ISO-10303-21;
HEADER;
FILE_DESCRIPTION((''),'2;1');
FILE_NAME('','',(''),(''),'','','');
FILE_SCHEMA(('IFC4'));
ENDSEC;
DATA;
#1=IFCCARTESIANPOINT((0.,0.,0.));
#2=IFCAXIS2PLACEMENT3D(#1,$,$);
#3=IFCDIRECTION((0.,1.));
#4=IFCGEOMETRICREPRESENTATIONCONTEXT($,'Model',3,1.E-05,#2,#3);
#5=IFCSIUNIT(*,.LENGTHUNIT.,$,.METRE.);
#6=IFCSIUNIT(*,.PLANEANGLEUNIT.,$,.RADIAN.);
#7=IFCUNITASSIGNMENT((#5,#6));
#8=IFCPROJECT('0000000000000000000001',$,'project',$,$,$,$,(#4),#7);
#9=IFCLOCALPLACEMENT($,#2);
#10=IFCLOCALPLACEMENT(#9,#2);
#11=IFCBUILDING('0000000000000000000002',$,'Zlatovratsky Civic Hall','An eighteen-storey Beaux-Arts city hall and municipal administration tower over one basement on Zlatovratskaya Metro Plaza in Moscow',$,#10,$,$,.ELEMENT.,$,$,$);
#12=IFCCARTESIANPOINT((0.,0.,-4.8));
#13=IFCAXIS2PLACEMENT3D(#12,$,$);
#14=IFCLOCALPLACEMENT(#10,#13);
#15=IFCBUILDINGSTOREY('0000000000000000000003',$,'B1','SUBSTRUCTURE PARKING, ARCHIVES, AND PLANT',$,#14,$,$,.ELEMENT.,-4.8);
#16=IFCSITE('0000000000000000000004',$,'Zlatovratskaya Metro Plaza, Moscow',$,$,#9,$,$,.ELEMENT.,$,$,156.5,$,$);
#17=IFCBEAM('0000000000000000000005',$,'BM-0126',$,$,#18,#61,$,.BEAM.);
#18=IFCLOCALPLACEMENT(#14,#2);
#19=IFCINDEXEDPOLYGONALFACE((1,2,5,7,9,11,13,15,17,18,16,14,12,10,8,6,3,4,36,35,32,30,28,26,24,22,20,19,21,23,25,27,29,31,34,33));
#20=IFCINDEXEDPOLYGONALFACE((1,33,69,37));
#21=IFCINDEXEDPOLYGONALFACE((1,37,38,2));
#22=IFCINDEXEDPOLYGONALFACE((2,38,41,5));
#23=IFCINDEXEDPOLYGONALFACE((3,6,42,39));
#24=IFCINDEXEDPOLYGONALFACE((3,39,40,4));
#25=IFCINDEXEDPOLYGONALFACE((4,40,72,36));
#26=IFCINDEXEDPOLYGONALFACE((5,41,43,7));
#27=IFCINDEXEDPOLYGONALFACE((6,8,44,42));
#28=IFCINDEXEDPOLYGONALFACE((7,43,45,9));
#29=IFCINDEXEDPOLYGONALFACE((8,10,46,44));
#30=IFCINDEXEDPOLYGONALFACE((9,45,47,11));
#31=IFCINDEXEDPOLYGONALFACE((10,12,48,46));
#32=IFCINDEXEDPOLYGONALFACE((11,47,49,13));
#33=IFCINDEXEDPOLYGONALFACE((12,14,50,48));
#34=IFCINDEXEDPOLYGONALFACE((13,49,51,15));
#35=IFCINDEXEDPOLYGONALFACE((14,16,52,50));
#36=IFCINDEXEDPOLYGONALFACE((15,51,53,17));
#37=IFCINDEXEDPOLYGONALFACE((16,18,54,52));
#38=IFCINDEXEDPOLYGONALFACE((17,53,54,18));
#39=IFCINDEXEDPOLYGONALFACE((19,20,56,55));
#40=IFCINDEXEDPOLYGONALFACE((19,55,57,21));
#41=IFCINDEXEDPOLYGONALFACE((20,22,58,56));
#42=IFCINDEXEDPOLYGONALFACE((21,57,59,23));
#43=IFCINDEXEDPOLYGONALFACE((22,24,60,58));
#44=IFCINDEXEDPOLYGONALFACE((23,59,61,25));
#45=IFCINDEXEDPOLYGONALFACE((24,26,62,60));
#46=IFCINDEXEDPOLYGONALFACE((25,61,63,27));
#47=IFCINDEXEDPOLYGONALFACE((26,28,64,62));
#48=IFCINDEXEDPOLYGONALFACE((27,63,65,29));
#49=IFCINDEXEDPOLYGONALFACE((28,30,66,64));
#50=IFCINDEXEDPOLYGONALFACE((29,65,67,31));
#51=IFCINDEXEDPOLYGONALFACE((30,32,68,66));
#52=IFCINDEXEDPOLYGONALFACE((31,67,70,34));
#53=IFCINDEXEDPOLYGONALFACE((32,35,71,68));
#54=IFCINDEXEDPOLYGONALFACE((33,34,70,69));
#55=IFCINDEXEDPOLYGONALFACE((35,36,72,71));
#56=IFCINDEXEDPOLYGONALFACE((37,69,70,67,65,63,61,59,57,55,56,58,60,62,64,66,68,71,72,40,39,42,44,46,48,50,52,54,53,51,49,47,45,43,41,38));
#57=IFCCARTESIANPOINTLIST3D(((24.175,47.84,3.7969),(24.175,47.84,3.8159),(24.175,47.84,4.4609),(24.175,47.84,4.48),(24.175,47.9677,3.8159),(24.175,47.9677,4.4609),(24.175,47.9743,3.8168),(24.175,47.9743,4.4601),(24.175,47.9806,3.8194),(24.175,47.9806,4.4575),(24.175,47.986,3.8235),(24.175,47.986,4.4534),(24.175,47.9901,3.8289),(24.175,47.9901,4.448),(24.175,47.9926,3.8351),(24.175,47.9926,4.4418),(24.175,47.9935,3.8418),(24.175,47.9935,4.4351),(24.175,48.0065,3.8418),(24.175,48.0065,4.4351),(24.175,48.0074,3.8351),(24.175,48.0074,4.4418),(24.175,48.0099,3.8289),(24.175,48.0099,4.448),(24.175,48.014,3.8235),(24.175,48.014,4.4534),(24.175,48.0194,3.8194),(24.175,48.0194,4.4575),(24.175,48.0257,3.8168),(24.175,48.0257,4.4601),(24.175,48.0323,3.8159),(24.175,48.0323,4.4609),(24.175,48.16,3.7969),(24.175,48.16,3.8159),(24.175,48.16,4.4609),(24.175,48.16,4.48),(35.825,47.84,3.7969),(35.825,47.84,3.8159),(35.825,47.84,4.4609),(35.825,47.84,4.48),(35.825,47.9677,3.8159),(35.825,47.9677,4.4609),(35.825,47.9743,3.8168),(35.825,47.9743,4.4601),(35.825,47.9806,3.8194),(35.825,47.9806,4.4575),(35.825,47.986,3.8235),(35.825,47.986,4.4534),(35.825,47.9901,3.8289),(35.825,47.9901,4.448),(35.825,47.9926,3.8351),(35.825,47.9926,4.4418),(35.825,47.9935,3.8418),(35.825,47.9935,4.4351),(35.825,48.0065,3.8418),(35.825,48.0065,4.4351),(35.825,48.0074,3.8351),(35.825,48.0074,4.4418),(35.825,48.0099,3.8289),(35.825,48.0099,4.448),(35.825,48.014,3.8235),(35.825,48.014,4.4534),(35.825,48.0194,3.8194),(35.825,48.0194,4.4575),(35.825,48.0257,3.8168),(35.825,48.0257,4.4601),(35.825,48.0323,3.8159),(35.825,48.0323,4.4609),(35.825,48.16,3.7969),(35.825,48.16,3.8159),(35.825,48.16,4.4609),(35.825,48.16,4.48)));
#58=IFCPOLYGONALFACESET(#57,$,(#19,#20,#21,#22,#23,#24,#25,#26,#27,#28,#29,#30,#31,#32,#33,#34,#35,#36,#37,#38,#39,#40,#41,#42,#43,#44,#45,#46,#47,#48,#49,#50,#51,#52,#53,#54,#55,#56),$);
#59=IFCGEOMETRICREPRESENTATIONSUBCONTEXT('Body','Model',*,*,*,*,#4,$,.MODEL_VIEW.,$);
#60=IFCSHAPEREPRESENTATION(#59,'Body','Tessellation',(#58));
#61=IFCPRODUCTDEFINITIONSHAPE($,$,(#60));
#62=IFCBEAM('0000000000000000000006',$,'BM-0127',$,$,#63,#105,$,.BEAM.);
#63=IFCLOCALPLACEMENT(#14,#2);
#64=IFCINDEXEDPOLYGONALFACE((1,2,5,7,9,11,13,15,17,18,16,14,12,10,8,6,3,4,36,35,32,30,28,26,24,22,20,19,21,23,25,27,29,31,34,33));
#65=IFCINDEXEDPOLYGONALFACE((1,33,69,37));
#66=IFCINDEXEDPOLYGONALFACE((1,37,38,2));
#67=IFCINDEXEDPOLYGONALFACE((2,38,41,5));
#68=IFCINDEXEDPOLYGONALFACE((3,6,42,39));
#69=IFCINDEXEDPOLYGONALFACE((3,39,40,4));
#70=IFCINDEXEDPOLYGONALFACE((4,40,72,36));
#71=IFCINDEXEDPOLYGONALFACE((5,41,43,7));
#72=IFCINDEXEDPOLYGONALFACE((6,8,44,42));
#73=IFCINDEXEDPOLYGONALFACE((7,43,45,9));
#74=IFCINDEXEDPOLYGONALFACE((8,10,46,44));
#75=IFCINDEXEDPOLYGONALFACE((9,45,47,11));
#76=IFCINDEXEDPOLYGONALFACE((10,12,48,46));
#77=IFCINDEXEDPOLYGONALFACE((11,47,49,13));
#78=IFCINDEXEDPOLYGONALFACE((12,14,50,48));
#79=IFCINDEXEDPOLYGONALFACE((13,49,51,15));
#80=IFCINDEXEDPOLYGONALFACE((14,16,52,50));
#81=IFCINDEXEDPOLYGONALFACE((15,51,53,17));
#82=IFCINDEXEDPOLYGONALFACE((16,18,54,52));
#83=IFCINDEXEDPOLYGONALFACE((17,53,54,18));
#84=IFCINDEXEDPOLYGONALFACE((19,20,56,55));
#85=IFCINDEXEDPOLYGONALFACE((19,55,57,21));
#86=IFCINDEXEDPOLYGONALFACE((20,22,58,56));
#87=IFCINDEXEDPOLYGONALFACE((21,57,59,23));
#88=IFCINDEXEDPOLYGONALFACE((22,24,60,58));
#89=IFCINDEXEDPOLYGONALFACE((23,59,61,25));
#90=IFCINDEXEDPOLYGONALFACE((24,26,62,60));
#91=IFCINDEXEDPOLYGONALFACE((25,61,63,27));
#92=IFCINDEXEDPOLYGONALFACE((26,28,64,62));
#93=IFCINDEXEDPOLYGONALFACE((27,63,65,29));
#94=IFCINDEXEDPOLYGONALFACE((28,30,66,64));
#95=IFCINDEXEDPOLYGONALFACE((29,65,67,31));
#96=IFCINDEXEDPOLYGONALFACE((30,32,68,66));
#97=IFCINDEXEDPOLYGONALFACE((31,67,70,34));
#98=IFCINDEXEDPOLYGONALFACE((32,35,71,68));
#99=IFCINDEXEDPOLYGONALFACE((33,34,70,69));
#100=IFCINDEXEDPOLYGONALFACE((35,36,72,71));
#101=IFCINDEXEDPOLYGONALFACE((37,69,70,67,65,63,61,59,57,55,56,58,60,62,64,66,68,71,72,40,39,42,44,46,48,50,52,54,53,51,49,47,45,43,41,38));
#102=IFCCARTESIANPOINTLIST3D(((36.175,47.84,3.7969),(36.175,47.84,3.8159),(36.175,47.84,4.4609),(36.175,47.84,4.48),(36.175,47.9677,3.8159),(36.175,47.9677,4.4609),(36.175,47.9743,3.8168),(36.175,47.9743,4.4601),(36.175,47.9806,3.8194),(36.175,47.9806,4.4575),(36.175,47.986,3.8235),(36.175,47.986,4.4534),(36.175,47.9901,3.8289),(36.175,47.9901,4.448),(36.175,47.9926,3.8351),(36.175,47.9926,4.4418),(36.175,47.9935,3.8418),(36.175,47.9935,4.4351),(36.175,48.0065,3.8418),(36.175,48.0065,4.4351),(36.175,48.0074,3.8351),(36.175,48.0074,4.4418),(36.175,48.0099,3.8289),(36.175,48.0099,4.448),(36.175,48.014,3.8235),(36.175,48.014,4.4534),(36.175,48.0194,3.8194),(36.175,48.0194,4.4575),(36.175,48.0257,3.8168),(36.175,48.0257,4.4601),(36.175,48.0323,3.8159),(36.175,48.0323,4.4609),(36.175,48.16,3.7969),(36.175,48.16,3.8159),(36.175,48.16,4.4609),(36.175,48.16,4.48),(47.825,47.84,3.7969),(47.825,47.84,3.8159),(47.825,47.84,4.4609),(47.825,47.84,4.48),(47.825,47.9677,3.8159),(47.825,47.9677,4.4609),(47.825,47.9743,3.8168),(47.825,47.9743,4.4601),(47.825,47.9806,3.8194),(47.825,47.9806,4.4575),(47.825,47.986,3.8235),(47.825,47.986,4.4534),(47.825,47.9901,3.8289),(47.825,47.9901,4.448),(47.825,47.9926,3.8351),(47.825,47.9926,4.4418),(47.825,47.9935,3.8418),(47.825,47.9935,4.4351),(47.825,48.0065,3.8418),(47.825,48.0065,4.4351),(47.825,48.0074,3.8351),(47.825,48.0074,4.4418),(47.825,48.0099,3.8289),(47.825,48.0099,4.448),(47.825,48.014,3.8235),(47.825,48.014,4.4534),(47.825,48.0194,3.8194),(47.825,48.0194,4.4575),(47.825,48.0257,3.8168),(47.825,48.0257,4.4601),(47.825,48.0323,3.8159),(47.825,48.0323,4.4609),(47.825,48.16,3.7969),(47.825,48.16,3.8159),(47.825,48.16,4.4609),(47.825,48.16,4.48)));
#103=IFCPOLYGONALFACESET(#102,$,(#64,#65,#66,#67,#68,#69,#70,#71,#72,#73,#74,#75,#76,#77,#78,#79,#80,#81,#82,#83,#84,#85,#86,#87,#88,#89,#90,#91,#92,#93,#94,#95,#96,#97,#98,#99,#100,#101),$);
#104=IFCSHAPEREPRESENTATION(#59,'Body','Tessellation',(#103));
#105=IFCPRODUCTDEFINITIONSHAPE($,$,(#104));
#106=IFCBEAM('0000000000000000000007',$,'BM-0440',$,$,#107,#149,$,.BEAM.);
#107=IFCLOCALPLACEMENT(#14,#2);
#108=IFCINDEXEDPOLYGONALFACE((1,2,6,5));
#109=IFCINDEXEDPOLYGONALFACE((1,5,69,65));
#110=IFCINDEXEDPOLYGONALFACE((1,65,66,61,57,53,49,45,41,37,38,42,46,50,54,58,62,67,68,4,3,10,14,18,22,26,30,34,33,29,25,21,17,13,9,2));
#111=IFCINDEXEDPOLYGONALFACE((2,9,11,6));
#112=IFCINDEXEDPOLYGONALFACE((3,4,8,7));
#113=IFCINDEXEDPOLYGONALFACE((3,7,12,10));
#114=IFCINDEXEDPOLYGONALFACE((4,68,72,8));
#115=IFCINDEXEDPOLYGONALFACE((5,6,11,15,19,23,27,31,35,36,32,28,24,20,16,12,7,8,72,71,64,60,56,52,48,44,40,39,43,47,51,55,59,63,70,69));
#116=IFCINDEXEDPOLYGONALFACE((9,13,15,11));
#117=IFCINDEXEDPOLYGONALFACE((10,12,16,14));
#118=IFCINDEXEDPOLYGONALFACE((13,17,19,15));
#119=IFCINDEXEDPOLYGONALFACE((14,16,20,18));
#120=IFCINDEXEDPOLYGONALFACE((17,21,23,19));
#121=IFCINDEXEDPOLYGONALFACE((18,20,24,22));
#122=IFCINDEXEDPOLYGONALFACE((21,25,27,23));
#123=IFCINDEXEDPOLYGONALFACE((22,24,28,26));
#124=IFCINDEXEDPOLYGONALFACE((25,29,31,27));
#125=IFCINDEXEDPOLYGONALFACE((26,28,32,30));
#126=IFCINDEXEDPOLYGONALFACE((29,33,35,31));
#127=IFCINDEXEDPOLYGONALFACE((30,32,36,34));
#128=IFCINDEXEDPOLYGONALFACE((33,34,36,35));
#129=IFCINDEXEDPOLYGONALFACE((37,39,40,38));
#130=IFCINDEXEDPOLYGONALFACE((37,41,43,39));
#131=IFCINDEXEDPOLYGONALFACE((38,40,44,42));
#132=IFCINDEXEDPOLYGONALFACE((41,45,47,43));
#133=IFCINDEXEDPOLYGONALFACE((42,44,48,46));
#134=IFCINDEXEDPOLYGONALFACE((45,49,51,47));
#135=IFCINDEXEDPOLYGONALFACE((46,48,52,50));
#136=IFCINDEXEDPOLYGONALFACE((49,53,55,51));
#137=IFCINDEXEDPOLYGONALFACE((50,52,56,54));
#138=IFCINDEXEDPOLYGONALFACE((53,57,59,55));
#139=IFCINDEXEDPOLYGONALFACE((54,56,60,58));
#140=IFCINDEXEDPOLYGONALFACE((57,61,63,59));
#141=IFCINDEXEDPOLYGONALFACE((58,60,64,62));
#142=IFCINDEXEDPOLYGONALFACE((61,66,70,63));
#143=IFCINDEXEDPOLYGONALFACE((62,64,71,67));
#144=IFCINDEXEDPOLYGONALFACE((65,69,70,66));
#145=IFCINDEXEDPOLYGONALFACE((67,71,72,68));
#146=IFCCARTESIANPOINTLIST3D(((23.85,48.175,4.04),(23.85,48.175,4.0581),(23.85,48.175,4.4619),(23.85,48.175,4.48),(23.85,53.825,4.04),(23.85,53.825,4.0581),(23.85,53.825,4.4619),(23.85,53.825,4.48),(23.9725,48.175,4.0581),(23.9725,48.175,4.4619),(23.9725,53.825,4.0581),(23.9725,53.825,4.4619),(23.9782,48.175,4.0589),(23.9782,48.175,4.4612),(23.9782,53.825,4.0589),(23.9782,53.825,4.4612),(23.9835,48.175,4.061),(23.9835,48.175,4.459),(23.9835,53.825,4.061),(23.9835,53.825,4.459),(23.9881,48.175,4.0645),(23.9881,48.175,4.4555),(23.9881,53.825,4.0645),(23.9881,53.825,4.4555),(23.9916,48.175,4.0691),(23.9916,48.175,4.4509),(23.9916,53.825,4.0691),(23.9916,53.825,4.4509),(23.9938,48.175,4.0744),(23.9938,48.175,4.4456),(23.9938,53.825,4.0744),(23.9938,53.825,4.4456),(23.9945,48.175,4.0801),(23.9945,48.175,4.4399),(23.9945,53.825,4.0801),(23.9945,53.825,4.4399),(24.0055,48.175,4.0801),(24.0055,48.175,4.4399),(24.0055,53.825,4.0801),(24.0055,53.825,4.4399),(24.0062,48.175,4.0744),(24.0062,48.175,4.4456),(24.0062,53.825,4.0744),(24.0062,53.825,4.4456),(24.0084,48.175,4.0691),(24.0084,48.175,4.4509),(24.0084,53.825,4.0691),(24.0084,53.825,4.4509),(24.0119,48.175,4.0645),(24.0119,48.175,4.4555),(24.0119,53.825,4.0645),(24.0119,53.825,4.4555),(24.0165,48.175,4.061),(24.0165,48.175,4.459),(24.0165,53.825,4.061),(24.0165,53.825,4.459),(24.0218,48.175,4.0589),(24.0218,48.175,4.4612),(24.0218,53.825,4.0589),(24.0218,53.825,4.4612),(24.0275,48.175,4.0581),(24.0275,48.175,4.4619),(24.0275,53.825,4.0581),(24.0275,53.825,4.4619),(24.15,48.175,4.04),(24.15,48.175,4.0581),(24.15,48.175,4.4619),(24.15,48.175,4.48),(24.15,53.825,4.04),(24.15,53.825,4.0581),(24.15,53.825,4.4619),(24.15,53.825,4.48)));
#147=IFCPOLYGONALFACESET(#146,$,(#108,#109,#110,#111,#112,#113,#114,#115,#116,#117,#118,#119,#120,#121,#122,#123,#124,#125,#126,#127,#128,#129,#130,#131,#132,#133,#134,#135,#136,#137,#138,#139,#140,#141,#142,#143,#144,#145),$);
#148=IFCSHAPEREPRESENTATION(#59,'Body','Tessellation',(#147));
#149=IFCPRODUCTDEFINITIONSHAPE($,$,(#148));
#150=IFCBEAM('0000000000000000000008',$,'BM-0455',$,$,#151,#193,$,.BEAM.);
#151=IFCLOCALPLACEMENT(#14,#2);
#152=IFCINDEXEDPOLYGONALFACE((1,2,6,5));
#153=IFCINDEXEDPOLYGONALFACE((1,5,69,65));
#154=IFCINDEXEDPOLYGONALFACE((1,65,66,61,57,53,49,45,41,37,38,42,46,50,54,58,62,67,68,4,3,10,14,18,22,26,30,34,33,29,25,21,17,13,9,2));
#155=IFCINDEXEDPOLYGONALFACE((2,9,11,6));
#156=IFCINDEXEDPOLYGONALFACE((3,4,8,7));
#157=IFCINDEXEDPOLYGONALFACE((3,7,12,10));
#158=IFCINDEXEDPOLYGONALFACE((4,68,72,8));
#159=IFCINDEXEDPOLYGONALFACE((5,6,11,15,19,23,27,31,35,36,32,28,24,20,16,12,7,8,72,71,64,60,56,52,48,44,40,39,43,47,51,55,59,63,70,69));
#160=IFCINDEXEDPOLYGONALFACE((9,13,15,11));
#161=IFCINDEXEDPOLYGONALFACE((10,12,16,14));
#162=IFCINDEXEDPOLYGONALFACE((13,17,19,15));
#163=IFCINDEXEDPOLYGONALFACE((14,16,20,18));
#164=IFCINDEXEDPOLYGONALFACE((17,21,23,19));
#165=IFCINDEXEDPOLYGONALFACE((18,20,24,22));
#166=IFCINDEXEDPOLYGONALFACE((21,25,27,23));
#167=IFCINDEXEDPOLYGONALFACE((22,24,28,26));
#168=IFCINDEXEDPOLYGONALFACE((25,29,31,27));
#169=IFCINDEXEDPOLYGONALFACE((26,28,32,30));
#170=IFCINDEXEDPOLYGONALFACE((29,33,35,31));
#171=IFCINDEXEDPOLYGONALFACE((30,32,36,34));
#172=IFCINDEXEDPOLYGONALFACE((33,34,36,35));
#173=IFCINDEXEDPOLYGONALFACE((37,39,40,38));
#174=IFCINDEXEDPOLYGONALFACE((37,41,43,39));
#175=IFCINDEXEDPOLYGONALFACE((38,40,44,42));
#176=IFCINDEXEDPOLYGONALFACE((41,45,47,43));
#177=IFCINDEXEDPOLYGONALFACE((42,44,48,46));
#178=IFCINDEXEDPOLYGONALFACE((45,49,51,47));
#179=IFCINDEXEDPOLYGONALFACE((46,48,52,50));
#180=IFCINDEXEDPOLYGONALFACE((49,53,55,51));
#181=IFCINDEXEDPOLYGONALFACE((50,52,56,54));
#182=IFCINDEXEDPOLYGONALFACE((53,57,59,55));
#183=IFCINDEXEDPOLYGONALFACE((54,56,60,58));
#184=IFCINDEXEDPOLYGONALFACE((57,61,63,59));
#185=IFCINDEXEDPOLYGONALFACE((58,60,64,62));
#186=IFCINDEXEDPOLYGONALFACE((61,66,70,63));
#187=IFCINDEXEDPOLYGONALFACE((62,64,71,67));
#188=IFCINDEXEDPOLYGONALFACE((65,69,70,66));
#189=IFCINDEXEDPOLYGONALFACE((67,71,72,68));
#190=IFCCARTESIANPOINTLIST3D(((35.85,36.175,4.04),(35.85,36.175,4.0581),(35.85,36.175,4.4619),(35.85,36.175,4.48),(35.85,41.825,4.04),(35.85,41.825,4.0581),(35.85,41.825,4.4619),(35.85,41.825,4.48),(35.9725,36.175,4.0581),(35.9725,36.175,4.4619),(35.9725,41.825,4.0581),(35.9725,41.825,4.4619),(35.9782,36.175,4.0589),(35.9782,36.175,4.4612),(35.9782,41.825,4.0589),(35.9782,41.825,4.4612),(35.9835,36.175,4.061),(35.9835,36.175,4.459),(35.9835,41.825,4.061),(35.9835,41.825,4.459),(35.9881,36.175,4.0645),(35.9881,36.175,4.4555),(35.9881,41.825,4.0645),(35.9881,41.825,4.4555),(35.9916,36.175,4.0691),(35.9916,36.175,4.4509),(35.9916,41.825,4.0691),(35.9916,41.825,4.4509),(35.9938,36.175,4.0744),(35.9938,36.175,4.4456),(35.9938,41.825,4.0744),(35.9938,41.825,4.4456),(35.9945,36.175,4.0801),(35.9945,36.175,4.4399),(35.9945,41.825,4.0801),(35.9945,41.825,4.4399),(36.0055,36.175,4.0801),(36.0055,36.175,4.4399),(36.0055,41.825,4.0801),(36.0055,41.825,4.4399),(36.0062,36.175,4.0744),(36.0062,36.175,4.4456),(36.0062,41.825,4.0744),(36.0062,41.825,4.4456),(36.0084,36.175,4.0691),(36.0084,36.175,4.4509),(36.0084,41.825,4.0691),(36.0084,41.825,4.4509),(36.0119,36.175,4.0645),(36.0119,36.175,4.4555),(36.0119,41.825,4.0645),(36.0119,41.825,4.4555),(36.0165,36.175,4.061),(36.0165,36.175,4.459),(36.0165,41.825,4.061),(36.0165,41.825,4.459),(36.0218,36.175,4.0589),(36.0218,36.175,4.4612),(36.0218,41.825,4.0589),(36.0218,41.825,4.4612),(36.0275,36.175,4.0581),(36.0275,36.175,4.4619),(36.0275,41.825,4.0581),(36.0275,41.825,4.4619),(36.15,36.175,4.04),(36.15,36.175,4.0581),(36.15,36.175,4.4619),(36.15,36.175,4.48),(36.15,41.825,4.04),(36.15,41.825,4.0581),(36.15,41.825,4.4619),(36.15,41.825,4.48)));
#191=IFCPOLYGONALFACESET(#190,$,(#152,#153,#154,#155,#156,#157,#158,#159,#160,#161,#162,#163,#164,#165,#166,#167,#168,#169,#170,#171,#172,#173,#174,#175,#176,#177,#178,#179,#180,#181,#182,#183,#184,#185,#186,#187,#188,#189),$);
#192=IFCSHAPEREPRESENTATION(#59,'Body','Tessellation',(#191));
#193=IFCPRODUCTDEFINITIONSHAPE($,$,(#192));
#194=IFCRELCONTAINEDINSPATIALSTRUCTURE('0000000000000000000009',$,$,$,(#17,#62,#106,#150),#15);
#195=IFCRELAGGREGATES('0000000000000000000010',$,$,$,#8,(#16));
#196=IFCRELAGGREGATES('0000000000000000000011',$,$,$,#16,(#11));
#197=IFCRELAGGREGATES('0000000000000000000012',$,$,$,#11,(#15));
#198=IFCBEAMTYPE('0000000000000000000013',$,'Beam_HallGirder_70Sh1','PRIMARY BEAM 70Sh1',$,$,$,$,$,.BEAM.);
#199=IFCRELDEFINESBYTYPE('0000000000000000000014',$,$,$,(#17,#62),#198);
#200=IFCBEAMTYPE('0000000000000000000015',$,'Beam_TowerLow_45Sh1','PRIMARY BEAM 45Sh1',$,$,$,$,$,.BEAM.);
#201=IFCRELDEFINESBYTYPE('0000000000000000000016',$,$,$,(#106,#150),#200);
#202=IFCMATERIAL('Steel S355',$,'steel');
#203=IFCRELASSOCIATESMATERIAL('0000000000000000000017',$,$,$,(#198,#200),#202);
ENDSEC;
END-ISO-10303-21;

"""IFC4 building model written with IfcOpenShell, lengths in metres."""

from ifc_helpers import new_model, si_unit, direction, frame, origin, origin_2d, place, context, subcontext, project, spatial, i_section, extrude, material, material_profile, profile_set, type_object, element, save


model = new_model("IFC4")

# Units and contexts
model_context = context("Model", 3, precision=1e-05, world=origin(), true_north=direction((0.0, 1.0)))
body_context = subcontext(model_context, "Body", "Model", "MODEL_VIEW")
ifc_project = project(units=[si_unit("LENGTHUNIT", "METRE"), si_unit("PLANEANGLEUNIT", "RADIAN")], contexts=[model_context])

# Site, building, storey
site_placement = place(None, origin())
site = spatial("IfcSite", under=ifc_project, at=site_placement, Name="Zlatovratskaya Metro Plaza, Moscow", CompositionType="ELEMENT", RefElevation=156.5)
building_placement = place(site_placement, origin())
building = spatial("IfcBuilding", under=site, at=building_placement, Name="Zlatovratsky Civic Hall", Description="An eighteen-storey Beaux-Arts city hall and municipal administration tower over one basement on Zlatovratskaya Metro Plaza in Moscow", CompositionType="ELEMENT")
storey_placement = place(building_placement, frame((0.0, 0.0, -4.8)))
storey = spatial("IfcBuildingStorey", under=building, at=storey_placement, Name="B1", Description="SUBSTRUCTURE PARKING, ARCHIVES, AND PLANT", CompositionType="ELEMENT", Elevation=-4.8)

# Shared definitions
ifc_material_1 = material(Name="Steel S355", Category="steel")

# Beams
ifc_material_profile_1 = material_profile(ifc_material_1, i_section(OverallWidth=0.3201, OverallDepth=0.6831, WebThickness=0.0129, FlangeThickness=0.019, FilletRadius=0.0259, at=origin_2d()), Name="70Sh1")
ifc_profile_set_1 = profile_set([ifc_material_profile_1], Name="Steel S355")
beam_type_1 = type_object("IfcBeamType", Name="Beam_HallGirder_70Sh1", Description="PRIMARY BEAM 70Sh1", PredefinedType="BEAM", material=ifc_profile_set_1)
for number, where, z_axis, x_axis, name in (
    (1, (24.175, 48.0, 4.1384), (1.0, 0.0, 0.0), (0.0, 1.0, 0.0), "BM-0126"),
    (2, (36.175, 48.0, 4.1384), (1.0, 0.0, 0.0), (0.0, 1.0, 0.0), "BM-0127"),
):
    element("IfcBeam", number, at=place(storey_placement, frame(where, z_axis=z_axis, x_axis=x_axis)), inside=storey, type_object=beam_type_1, Name=name, PredefinedType="BEAM", context=body_context, shape_type="SweptSolid", body=[
        extrude(i_section(OverallWidth=0.3201, OverallDepth=0.6831, WebThickness=0.0129, FlangeThickness=0.019, FilletRadius=0.0259, at=origin_2d()), origin(), (0.0, 0.0, 1.0), 11.6499),
    ])
ifc_material_profile_2 = material_profile(ifc_material_1, i_section(OverallWidth=0.3, OverallDepth=0.4399, WebThickness=0.011, FlangeThickness=0.0181, FilletRadius=0.022, at=origin_2d()), Name="45Sh1")
ifc_profile_set_2 = profile_set([ifc_material_profile_2], Name="Steel S355")
beam_type_2 = type_object("IfcBeamType", Name="Beam_TowerLow_45Sh1", Description="PRIMARY BEAM 45Sh1", PredefinedType="BEAM", material=ifc_profile_set_2)
for number, where, z_axis, x_axis, name in (
    (3, (24.0, 48.175, 4.26), (0.0, 1.0, 0.0), (-1.0, 0.0, 0.0), "BM-0440"),
    (4, (36.0, 36.175, 4.26), (0.0, 1.0, 0.0), (-1.0, 0.0, 0.0), "BM-0455"),
):
    element("IfcBeam", number, at=place(storey_placement, frame(where, z_axis=z_axis, x_axis=x_axis)), inside=storey, type_object=beam_type_2, Name=name, PredefinedType="BEAM", context=body_context, shape_type="SweptSolid", body=[
        extrude(i_section(OverallWidth=0.3, OverallDepth=0.4399, WebThickness=0.011, FlangeThickness=0.0181, FilletRadius=0.022, at=origin_2d()), origin(), (0.0, 0.0, 1.0), 5.6499),
    ])

save(model, "model.ifc")
